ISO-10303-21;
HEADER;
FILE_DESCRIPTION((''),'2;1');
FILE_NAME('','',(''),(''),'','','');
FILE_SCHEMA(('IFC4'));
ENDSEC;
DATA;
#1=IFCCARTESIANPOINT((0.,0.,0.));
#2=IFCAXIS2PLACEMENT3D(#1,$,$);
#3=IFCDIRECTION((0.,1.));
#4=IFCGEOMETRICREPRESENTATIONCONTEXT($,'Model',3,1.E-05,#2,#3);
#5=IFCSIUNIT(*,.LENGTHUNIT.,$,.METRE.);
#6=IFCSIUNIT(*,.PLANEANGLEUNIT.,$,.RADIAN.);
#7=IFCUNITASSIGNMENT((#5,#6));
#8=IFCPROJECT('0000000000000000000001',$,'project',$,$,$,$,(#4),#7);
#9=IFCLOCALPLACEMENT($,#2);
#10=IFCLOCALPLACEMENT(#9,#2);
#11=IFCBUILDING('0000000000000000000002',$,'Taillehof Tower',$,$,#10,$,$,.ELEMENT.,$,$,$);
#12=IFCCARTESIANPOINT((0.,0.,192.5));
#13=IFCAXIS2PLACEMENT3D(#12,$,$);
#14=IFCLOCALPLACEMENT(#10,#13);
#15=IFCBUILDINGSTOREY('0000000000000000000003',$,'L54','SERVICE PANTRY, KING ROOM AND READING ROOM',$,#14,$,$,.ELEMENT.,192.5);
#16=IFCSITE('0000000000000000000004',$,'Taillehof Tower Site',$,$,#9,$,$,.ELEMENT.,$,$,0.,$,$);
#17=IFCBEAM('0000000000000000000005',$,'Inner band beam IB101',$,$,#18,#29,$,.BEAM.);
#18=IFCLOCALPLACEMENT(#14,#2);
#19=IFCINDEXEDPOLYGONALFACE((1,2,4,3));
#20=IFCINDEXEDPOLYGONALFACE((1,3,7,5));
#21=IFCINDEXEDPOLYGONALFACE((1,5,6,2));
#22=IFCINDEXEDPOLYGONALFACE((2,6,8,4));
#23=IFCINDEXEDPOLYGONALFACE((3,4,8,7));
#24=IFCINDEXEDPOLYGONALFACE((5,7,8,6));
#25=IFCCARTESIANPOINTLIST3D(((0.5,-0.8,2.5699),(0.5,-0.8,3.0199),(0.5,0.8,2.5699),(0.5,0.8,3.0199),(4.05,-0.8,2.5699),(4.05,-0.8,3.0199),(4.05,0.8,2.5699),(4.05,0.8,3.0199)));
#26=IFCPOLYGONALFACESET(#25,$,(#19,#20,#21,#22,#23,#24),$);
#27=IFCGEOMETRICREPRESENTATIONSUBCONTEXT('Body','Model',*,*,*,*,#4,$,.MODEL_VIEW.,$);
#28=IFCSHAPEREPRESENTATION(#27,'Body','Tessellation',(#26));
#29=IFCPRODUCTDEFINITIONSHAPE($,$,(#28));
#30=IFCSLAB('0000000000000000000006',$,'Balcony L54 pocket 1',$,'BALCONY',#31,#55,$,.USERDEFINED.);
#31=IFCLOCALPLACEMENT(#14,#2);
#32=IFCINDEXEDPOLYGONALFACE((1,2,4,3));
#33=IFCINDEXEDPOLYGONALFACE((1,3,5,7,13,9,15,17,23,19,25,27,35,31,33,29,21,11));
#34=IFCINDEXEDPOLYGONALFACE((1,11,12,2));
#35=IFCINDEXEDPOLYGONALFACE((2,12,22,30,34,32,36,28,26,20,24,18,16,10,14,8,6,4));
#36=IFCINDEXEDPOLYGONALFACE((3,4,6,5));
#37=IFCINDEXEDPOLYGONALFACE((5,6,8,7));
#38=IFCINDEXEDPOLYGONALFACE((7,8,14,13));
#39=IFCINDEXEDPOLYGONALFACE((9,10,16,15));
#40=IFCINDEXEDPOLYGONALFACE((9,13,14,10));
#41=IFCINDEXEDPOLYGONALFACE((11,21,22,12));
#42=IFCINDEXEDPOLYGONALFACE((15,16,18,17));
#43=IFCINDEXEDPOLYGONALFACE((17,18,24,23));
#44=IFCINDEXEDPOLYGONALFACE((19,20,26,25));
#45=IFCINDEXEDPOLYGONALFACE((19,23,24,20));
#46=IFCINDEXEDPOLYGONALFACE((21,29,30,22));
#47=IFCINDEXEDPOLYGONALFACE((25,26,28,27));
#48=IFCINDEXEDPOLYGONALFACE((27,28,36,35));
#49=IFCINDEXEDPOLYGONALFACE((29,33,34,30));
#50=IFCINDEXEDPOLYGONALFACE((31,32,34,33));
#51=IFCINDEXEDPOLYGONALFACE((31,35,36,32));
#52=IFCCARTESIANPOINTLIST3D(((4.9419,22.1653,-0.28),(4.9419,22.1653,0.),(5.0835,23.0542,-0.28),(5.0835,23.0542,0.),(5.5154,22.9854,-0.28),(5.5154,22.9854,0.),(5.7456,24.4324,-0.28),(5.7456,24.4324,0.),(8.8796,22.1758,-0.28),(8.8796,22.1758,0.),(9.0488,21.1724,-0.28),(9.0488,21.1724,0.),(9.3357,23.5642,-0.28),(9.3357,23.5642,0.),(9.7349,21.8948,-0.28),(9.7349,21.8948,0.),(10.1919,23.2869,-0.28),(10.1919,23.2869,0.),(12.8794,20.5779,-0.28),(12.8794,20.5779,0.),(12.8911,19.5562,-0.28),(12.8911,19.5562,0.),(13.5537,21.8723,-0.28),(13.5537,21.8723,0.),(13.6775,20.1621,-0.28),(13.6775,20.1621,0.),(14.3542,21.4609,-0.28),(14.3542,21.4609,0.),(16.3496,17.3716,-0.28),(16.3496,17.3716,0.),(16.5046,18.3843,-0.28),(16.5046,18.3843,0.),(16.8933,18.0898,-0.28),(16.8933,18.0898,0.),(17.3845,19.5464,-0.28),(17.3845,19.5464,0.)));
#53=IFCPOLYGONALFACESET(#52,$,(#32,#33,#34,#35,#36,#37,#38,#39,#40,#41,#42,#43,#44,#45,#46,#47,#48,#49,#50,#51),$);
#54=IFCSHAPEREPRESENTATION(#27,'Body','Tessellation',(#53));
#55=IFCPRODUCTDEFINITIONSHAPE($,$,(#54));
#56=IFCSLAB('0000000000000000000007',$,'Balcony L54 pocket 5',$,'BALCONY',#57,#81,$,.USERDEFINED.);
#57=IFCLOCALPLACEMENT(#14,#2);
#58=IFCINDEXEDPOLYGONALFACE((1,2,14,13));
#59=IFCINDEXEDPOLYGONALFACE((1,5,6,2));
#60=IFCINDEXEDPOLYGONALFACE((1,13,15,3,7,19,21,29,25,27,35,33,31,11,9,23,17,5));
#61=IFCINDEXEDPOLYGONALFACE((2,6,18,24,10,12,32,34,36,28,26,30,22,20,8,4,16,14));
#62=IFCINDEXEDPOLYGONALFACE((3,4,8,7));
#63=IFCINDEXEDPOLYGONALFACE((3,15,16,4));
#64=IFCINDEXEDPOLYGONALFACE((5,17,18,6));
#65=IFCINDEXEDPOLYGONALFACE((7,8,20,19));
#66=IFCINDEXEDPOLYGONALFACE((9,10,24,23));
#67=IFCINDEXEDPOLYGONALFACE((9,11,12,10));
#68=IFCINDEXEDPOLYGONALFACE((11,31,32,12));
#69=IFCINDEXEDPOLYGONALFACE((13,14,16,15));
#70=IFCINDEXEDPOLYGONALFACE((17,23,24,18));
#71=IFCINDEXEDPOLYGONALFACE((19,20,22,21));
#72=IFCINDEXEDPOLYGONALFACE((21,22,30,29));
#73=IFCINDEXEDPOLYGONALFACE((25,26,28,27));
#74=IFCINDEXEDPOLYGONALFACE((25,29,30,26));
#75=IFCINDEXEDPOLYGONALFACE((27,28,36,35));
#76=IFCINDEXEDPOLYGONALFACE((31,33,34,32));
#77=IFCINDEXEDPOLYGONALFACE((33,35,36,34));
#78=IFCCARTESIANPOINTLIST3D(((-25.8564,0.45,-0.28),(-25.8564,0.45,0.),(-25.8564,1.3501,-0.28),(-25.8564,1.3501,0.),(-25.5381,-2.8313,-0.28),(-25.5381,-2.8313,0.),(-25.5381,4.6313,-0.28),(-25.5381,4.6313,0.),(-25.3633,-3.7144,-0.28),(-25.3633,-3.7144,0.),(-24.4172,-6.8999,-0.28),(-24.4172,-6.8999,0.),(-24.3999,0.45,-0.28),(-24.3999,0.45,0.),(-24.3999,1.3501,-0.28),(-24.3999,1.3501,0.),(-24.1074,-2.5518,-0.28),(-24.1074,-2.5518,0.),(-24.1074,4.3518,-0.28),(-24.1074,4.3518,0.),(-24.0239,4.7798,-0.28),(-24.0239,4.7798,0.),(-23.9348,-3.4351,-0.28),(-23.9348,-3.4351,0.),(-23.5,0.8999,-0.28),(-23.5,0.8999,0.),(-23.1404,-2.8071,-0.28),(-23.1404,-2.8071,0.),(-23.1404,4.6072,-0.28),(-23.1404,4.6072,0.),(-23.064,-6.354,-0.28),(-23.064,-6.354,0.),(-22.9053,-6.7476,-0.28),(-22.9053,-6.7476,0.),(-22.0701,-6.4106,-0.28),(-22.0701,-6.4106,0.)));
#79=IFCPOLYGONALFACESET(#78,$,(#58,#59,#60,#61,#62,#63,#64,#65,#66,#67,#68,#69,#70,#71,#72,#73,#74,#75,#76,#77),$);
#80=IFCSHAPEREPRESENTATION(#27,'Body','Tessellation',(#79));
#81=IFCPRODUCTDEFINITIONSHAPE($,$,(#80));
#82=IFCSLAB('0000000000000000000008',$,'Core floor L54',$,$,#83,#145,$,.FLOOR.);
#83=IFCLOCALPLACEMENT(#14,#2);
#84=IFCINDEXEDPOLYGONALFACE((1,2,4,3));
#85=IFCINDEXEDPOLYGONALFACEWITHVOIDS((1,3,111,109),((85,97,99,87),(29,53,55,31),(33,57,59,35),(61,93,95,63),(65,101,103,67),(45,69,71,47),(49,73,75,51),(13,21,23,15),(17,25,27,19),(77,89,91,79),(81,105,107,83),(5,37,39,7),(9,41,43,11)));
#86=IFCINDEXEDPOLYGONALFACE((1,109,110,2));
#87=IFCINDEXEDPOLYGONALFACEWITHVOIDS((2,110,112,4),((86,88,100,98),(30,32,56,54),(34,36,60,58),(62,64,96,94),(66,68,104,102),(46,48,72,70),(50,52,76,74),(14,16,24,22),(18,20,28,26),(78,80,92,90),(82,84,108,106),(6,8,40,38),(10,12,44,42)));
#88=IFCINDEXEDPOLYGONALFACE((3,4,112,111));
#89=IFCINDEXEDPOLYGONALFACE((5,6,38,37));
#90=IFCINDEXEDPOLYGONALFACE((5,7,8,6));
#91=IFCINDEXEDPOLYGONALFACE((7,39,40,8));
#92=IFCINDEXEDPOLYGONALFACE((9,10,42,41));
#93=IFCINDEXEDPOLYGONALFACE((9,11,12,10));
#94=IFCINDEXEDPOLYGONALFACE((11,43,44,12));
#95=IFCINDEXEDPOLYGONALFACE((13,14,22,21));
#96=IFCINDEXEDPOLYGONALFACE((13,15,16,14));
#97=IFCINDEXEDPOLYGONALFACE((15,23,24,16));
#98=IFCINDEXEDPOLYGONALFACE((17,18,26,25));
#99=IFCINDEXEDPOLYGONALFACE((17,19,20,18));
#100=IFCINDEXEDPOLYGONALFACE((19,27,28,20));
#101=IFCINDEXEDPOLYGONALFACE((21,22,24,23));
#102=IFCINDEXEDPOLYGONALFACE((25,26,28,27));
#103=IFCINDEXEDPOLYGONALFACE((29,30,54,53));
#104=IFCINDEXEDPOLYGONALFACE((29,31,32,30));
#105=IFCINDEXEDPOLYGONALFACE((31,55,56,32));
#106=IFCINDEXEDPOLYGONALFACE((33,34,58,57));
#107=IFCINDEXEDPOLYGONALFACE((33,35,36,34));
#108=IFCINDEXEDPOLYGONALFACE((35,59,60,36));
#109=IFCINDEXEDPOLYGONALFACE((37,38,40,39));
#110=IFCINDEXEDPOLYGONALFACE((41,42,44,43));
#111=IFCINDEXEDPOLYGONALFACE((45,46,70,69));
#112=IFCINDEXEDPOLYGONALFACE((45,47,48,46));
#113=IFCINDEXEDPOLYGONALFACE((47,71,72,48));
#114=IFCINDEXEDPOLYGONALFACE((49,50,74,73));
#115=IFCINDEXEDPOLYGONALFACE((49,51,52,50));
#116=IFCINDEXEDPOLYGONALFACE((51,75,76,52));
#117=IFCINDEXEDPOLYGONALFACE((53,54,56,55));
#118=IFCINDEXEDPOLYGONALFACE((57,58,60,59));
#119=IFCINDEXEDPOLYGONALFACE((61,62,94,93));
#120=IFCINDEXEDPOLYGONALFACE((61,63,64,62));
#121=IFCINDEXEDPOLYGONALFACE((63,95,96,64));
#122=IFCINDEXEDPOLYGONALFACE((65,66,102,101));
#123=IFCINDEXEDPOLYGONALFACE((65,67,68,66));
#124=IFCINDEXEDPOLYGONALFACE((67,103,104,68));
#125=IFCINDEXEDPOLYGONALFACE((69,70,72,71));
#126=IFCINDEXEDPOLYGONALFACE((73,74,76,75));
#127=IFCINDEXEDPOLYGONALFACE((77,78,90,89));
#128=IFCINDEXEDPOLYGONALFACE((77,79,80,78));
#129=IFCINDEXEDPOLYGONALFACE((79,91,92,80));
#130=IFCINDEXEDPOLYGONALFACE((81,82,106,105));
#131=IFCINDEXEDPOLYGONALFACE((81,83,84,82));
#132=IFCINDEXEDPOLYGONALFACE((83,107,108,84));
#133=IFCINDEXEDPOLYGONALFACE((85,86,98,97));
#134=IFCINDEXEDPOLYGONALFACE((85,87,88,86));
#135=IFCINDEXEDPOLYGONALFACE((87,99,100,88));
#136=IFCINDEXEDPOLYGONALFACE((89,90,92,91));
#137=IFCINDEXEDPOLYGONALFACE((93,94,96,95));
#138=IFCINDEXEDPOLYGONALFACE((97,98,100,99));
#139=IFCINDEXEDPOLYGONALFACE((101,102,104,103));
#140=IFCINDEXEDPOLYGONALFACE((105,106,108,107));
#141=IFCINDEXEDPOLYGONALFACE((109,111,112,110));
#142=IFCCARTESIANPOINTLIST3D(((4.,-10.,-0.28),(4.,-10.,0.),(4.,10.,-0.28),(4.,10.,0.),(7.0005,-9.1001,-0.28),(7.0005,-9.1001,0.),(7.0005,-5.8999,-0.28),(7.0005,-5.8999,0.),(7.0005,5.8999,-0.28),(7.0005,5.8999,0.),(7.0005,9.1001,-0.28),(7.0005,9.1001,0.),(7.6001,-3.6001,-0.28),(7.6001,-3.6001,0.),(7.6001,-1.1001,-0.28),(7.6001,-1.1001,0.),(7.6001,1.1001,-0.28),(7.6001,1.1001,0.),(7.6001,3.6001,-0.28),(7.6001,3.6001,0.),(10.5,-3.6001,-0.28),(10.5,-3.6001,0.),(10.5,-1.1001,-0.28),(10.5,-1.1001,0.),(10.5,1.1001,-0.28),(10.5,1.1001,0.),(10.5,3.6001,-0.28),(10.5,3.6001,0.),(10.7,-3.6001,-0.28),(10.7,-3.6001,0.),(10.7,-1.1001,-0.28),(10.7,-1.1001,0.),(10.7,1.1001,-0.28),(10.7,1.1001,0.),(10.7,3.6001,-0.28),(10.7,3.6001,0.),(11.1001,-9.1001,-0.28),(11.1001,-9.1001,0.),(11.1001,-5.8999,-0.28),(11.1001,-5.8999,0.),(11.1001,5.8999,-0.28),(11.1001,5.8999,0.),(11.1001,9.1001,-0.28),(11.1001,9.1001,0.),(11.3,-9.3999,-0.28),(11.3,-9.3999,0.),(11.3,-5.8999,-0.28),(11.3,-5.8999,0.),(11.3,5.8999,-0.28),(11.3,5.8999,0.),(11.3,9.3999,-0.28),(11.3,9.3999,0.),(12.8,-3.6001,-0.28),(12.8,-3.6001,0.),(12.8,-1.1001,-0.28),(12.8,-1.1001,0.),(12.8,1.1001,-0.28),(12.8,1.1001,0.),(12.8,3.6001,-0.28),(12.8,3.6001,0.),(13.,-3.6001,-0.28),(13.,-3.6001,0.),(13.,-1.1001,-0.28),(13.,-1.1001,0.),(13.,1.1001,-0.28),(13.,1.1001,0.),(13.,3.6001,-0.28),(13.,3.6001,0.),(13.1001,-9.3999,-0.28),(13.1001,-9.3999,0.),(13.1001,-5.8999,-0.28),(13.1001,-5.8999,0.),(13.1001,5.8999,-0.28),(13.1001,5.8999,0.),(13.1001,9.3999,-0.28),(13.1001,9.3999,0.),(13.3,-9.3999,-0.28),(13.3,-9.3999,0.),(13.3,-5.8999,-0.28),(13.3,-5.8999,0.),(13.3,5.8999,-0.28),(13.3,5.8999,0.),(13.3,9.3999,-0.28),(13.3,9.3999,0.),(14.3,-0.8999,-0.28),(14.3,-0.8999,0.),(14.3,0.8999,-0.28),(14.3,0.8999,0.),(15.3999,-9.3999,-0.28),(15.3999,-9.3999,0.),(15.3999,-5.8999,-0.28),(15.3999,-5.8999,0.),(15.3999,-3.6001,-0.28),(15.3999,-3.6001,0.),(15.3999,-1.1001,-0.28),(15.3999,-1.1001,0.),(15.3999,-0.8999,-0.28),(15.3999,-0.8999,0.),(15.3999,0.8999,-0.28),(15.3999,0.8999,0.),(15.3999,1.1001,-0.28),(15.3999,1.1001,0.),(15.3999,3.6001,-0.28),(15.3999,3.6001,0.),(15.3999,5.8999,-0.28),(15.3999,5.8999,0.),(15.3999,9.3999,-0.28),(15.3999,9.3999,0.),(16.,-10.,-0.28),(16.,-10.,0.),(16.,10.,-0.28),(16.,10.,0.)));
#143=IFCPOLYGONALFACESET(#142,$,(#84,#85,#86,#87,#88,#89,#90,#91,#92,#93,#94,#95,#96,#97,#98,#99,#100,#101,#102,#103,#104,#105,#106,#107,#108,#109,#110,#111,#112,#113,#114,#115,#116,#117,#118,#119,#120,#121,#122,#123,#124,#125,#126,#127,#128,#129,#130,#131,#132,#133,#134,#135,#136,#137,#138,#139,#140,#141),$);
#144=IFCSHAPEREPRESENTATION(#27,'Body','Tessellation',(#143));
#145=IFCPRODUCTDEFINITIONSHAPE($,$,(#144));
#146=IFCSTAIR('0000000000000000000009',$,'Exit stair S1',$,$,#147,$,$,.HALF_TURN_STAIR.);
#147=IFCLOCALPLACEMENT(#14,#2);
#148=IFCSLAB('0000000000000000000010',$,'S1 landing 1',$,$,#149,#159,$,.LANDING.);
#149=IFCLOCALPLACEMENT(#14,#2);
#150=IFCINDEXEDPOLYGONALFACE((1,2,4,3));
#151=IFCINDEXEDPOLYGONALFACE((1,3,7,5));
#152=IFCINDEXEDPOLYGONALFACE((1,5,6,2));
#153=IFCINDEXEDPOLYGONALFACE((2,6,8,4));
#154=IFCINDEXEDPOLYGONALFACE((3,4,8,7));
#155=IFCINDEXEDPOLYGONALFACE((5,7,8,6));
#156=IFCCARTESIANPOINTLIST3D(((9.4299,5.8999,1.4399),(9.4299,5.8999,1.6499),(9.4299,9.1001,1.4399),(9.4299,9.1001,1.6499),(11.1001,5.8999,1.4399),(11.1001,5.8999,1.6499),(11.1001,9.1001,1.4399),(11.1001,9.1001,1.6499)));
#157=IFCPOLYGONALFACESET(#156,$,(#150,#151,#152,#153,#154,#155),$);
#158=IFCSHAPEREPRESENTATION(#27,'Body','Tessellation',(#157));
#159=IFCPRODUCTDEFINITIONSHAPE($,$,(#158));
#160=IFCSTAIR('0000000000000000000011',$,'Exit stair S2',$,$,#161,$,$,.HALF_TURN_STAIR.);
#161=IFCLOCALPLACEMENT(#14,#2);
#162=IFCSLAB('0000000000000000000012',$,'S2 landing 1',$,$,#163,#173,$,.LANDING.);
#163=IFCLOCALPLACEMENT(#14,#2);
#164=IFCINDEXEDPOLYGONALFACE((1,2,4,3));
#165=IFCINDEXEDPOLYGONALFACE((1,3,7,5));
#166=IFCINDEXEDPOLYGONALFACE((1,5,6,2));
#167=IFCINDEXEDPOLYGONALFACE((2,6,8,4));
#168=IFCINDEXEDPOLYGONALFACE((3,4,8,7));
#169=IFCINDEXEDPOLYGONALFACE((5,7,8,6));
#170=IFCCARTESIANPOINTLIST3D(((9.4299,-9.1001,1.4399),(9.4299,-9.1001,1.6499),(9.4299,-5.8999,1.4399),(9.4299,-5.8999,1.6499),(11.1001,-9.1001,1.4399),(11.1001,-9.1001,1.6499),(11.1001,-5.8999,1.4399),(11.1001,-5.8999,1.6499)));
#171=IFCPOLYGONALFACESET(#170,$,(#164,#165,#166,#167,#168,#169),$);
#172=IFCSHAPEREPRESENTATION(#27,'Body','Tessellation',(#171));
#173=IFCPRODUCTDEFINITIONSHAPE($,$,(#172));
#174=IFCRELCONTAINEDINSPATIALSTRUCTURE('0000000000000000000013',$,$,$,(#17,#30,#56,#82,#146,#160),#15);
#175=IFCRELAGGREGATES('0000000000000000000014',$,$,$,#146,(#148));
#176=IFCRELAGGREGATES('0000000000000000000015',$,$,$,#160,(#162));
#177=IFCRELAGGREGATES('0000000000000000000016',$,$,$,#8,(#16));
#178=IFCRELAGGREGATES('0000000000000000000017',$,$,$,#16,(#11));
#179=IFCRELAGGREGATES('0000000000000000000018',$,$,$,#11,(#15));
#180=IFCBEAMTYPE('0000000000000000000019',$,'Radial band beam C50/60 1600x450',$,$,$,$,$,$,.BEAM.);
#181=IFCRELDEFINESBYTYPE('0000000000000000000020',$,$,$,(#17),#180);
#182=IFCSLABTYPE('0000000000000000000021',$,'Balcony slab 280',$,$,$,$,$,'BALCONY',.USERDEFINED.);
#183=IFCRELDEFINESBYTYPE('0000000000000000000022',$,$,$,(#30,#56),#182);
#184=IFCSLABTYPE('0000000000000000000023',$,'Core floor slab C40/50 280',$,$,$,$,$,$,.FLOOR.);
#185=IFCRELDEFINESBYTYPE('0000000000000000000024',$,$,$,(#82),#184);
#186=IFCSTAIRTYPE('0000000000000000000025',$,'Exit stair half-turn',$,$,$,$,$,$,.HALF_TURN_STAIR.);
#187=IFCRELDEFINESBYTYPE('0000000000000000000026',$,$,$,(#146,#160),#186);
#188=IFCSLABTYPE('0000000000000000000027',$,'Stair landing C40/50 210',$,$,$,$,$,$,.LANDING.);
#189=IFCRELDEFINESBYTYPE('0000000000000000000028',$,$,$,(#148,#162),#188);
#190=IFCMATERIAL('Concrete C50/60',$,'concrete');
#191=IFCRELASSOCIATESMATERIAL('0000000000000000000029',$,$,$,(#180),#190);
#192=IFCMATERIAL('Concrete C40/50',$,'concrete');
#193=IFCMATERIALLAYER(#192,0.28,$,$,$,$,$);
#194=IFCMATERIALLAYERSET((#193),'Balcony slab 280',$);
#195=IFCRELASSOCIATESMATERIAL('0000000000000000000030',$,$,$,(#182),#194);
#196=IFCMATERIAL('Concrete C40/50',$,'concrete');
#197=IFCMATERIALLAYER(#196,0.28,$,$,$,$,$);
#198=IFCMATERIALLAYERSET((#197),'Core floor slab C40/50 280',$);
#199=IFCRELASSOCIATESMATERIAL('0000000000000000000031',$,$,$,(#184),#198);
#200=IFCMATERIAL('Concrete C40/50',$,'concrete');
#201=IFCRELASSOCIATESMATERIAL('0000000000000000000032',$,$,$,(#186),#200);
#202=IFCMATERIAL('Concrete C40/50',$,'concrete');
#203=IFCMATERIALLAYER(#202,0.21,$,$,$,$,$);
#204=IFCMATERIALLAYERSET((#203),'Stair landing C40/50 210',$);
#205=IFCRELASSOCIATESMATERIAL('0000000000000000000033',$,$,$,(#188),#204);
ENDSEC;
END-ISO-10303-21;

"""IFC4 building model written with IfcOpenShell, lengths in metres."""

from ifc_helpers import new_model, si_unit, direction, frame, origin, origin_2d, place, context, subcontext, project, spatial, polyline, rectangle, outline, extrude, material, layer, layer_set, material_profile, profile_set, type_object, element, aggregate, save


model = new_model("IFC4")

# Units and contexts
model_context = context("Model", 3, precision=1e-05, world=origin(), true_north=direction((0.0, 1.0)))
body_context = subcontext(model_context, "Body", "Model", "MODEL_VIEW")
ifc_project = project(units=[si_unit("LENGTHUNIT", "METRE"), si_unit("PLANEANGLEUNIT", "RADIAN")], contexts=[model_context])

# Site, building, storey
site_placement = place(None, origin())
site = spatial("IfcSite", under=ifc_project, at=site_placement, Name="Taillehof Tower Site", CompositionType="ELEMENT", RefElevation=0.0)
building_placement = place(site_placement, origin())
building = spatial("IfcBuilding", under=site, at=building_placement, Name="Taillehof Tower", CompositionType="ELEMENT")
storey_placement = place(building_placement, frame((0.0, 0.0, 192.5)))
storey = spatial("IfcBuildingStorey", under=building, at=storey_placement, Name="L54", Description="SERVICE PANTRY, KING ROOM AND READING ROOM", CompositionType="ELEMENT", Elevation=192.5)

# Beam
ifc_material_1 = material(Name="Concrete C50/60", Category="concrete")
ifc_material_profile = material_profile(ifc_material_1, rectangle(XDim=1.6001, YDim=0.45, at=origin_2d()), Name="RC 1600x450")
ifc_profile_set = profile_set([ifc_material_profile], Name="Concrete C50/60")
beam_type = type_object("IfcBeamType", Name="Radial band beam C50/60 1600x450", PredefinedType="BEAM", material=ifc_profile_set)
beam_placement = place(storey_placement, frame((0.5, 0.0, 2.7949), z_axis=(1.0, 0.0, 0.0), x_axis=(0.0, 1.0, 0.0)))
element("IfcBeam", 1, at=beam_placement, inside=storey, type_object=beam_type, Name="Inner band beam IB101", PredefinedType="BEAM", context=body_context, shape_type="SweptSolid", body=[
    extrude(rectangle(XDim=1.6001, YDim=0.45, at=origin_2d()), origin(), (0.0, 0.0, 1.0), 3.55),
])

# Slabs
ifc_material_2 = material(Name="Concrete C40/50", Category="concrete")
ifc_layer_1 = layer(ifc_material_2, 0.28)
ifc_layer_set_1 = layer_set([ifc_layer_1], Name="Balcony slab 280")
slab_type_1 = type_object("IfcSlabType", Name="Balcony slab 280", ElementType="BALCONY", PredefinedType="USERDEFINED", material=ifc_layer_set_1)
slab_1_placement = place(storey_placement, frame((0.0, 0.0, -0.28)))
element("IfcSlab", 2, at=slab_1_placement, inside=storey, type_object=slab_type_1, Name="Balcony L54 pocket 1", ObjectType="BALCONY", PredefinedType="USERDEFINED", context=body_context, shape_type="SweptSolid", body=[
    extrude(outline(polyline([(4.9419, 22.1653), (5.0835, 23.0542), (5.5154, 22.9854), (5.7456, 24.4324), (9.3357, 23.5642), (8.8796, 22.1758), (9.7349, 21.8948), (10.1919, 23.2869), (13.5537, 21.8723), (12.8794, 20.5779), (13.6775, 20.1621), (14.3542, 21.4609), (17.3845, 19.5464), (16.5046, 18.3843), (16.8933, 18.0898), (16.3496, 17.3716), (12.8911, 19.5562), (9.0488, 21.1724), (4.9419, 22.1653)])), origin(), (0.0, 0.0, 1.0), 0.28),
])
slab_2_placement = place(storey_placement, frame((0.0, 0.0, -0.28)))
element("IfcSlab", 3, at=slab_2_placement, inside=storey, type_object=slab_type_1, Name="Balcony L54 pocket 5", ObjectType="BALCONY", PredefinedType="USERDEFINED", context=body_context, shape_type="SweptSolid", body=[
    extrude(outline(polyline([(-22.0701, -6.4106), (-22.9053, -6.7476), (-23.064, -6.354), (-24.4172, -6.8999), (-25.3633, -3.7144), (-23.9348, -3.4351), (-24.1074, -2.5518), (-25.5381, -2.8313), (-25.8564, 0.45), (-24.3999, 0.45), (-24.3999, 1.3501), (-25.8564, 1.3501), (-25.5381, 4.6313), (-24.1074, 4.3518), (-24.0239, 4.7798), (-23.1404, 4.6072), (-23.5, 0.8999), (-23.1404, -2.8071), (-22.0701, -6.4106)])), origin(), (0.0, 0.0, 1.0), 0.28),
])
ifc_material_3 = material(Name="Concrete C40/50", Category="concrete")
ifc_layer_2 = layer(ifc_material_3, 0.28)
ifc_layer_set_2 = layer_set([ifc_layer_2], Name="Core floor slab C40/50 280")
slab_type_2 = type_object("IfcSlabType", Name="Core floor slab C40/50 280", PredefinedType="FLOOR", material=ifc_layer_set_2)
slab_3_placement = place(storey_placement, frame((0.0, 0.0, -0.28)))
element("IfcSlab", 4, at=slab_3_placement, inside=storey, type_object=slab_type_2, Name="Core floor L54", PredefinedType="FLOOR", context=body_context, shape_type="SweptSolid", body=[
    extrude(outline(polyline([(4.0, -10.0), (4.0, 10.0), (16.0, 10.0), (16.0, -10.0), (4.0, -10.0)]), holes=[polyline([(11.1001, -9.1001), (11.1001, -5.8999), (7.0005, -5.8999), (7.0005, -9.1001), (11.1001, -9.1001)]), polyline([(10.5, -3.6001), (10.5, -1.1001), (7.6001, -1.1001), (7.6001, -3.6001), (10.5, -3.6001)]), polyline([(12.8, -3.6001), (12.8, -1.1001), (10.7, -1.1001), (10.7, -3.6001), (12.8, -3.6001)]), polyline([(10.5, 3.6001), (7.6001, 3.6001), (7.6001, 1.1001), (10.5, 1.1001), (10.5, 3.6001)]), polyline([(12.8, 1.1001), (12.8, 3.6001), (10.7, 3.6001), (10.7, 1.1001), (12.8, 1.1001)]), polyline([(11.1001, 5.8999), (11.1001, 9.1001), (7.0005, 9.1001), (7.0005, 5.8999), (11.1001, 5.8999)]), polyline([(13.1001, 9.3999), (11.3, 9.3999), (11.3, 5.8999), (13.1001, 5.8999), (13.1001, 9.3999)]), polyline([(13.1001, -9.3999), (13.1001, -5.8999), (11.3, -5.8999), (11.3, -9.3999), (13.1001, -9.3999)]), polyline([(15.3999, -9.3999), (15.3999, -5.8999), (13.3, -5.8999), (13.3, -9.3999), (15.3999, -9.3999)]), polyline([(15.3999, -3.6001), (15.3999, -1.1001), (13.0, -1.1001), (13.0, -3.6001), (15.3999, -3.6001)]), polyline([(15.3999, -0.8999), (15.3999, 0.8999), (14.3, 0.8999), (14.3, -0.8999), (15.3999, -0.8999)]), polyline([(15.3999, 1.1001), (15.3999, 3.6001), (13.0, 3.6001), (13.0, 1.1001), (15.3999, 1.1001)]), polyline([(15.3999, 5.8999), (15.3999, 9.3999), (13.3, 9.3999), (13.3, 5.8999), (15.3999, 5.8999)])]), origin(), (0.0, 0.0, 1.0), 0.28),
])

# Stairs, slabs
ifc_material_4 = material(Name="Concrete C40/50", Category="concrete")
stair_type = type_object("IfcStairType", Name="Exit stair half-turn", PredefinedType="HALF_TURN_STAIR", material=ifc_material_4)
stair_1_placement = place(storey_placement, origin())
stair_1 = element("IfcStair", 5, at=stair_1_placement, inside=storey, type_object=stair_type, Name="Exit stair S1", PredefinedType="HALF_TURN_STAIR")
ifc_material_5 = material(Name="Concrete C40/50", Category="concrete")
ifc_layer_3 = layer(ifc_material_5, 0.21)
ifc_layer_set_3 = layer_set([ifc_layer_3], Name="Stair landing C40/50 210")
slab_type_3 = type_object("IfcSlabType", Name="Stair landing C40/50 210", PredefinedType="LANDING", material=ifc_layer_set_3)
slab_4_placement = place(storey_placement, frame((0.0, 0.0, 1.4399)))
slab_4 = element("IfcSlab", 6, at=slab_4_placement, type_object=slab_type_3, Name="S1 landing 1", PredefinedType="LANDING", context=body_context, shape_type="SweptSolid", body=[
    extrude(outline(polyline([(9.4299, 5.8999), (11.1001, 5.8999), (11.1001, 9.1001), (9.4299, 9.1001), (9.4299, 5.8999)])), origin(), (0.0, 0.0, 1.0), 0.21),
])
aggregate(stair_1, [slab_4])
stair_2_placement = place(storey_placement, origin())
stair_2 = element("IfcStair", 7, at=stair_2_placement, inside=storey, type_object=stair_type, Name="Exit stair S2", PredefinedType="HALF_TURN_STAIR")
slab_5_placement = place(storey_placement, frame((0.0, 0.0, 1.4399)))
slab_5 = element("IfcSlab", 8, at=slab_5_placement, type_object=slab_type_3, Name="S2 landing 1", PredefinedType="LANDING", context=body_context, shape_type="SweptSolid", body=[
    extrude(outline(polyline([(9.4299, -5.8999), (11.1001, -5.8999), (11.1001, -9.1001), (9.4299, -9.1001), (9.4299, -5.8999)])), origin(), (0.0, 0.0, 1.0), 0.21),
])

aggregate(stair_2, [slab_5])

save(model, "model.ifc")
